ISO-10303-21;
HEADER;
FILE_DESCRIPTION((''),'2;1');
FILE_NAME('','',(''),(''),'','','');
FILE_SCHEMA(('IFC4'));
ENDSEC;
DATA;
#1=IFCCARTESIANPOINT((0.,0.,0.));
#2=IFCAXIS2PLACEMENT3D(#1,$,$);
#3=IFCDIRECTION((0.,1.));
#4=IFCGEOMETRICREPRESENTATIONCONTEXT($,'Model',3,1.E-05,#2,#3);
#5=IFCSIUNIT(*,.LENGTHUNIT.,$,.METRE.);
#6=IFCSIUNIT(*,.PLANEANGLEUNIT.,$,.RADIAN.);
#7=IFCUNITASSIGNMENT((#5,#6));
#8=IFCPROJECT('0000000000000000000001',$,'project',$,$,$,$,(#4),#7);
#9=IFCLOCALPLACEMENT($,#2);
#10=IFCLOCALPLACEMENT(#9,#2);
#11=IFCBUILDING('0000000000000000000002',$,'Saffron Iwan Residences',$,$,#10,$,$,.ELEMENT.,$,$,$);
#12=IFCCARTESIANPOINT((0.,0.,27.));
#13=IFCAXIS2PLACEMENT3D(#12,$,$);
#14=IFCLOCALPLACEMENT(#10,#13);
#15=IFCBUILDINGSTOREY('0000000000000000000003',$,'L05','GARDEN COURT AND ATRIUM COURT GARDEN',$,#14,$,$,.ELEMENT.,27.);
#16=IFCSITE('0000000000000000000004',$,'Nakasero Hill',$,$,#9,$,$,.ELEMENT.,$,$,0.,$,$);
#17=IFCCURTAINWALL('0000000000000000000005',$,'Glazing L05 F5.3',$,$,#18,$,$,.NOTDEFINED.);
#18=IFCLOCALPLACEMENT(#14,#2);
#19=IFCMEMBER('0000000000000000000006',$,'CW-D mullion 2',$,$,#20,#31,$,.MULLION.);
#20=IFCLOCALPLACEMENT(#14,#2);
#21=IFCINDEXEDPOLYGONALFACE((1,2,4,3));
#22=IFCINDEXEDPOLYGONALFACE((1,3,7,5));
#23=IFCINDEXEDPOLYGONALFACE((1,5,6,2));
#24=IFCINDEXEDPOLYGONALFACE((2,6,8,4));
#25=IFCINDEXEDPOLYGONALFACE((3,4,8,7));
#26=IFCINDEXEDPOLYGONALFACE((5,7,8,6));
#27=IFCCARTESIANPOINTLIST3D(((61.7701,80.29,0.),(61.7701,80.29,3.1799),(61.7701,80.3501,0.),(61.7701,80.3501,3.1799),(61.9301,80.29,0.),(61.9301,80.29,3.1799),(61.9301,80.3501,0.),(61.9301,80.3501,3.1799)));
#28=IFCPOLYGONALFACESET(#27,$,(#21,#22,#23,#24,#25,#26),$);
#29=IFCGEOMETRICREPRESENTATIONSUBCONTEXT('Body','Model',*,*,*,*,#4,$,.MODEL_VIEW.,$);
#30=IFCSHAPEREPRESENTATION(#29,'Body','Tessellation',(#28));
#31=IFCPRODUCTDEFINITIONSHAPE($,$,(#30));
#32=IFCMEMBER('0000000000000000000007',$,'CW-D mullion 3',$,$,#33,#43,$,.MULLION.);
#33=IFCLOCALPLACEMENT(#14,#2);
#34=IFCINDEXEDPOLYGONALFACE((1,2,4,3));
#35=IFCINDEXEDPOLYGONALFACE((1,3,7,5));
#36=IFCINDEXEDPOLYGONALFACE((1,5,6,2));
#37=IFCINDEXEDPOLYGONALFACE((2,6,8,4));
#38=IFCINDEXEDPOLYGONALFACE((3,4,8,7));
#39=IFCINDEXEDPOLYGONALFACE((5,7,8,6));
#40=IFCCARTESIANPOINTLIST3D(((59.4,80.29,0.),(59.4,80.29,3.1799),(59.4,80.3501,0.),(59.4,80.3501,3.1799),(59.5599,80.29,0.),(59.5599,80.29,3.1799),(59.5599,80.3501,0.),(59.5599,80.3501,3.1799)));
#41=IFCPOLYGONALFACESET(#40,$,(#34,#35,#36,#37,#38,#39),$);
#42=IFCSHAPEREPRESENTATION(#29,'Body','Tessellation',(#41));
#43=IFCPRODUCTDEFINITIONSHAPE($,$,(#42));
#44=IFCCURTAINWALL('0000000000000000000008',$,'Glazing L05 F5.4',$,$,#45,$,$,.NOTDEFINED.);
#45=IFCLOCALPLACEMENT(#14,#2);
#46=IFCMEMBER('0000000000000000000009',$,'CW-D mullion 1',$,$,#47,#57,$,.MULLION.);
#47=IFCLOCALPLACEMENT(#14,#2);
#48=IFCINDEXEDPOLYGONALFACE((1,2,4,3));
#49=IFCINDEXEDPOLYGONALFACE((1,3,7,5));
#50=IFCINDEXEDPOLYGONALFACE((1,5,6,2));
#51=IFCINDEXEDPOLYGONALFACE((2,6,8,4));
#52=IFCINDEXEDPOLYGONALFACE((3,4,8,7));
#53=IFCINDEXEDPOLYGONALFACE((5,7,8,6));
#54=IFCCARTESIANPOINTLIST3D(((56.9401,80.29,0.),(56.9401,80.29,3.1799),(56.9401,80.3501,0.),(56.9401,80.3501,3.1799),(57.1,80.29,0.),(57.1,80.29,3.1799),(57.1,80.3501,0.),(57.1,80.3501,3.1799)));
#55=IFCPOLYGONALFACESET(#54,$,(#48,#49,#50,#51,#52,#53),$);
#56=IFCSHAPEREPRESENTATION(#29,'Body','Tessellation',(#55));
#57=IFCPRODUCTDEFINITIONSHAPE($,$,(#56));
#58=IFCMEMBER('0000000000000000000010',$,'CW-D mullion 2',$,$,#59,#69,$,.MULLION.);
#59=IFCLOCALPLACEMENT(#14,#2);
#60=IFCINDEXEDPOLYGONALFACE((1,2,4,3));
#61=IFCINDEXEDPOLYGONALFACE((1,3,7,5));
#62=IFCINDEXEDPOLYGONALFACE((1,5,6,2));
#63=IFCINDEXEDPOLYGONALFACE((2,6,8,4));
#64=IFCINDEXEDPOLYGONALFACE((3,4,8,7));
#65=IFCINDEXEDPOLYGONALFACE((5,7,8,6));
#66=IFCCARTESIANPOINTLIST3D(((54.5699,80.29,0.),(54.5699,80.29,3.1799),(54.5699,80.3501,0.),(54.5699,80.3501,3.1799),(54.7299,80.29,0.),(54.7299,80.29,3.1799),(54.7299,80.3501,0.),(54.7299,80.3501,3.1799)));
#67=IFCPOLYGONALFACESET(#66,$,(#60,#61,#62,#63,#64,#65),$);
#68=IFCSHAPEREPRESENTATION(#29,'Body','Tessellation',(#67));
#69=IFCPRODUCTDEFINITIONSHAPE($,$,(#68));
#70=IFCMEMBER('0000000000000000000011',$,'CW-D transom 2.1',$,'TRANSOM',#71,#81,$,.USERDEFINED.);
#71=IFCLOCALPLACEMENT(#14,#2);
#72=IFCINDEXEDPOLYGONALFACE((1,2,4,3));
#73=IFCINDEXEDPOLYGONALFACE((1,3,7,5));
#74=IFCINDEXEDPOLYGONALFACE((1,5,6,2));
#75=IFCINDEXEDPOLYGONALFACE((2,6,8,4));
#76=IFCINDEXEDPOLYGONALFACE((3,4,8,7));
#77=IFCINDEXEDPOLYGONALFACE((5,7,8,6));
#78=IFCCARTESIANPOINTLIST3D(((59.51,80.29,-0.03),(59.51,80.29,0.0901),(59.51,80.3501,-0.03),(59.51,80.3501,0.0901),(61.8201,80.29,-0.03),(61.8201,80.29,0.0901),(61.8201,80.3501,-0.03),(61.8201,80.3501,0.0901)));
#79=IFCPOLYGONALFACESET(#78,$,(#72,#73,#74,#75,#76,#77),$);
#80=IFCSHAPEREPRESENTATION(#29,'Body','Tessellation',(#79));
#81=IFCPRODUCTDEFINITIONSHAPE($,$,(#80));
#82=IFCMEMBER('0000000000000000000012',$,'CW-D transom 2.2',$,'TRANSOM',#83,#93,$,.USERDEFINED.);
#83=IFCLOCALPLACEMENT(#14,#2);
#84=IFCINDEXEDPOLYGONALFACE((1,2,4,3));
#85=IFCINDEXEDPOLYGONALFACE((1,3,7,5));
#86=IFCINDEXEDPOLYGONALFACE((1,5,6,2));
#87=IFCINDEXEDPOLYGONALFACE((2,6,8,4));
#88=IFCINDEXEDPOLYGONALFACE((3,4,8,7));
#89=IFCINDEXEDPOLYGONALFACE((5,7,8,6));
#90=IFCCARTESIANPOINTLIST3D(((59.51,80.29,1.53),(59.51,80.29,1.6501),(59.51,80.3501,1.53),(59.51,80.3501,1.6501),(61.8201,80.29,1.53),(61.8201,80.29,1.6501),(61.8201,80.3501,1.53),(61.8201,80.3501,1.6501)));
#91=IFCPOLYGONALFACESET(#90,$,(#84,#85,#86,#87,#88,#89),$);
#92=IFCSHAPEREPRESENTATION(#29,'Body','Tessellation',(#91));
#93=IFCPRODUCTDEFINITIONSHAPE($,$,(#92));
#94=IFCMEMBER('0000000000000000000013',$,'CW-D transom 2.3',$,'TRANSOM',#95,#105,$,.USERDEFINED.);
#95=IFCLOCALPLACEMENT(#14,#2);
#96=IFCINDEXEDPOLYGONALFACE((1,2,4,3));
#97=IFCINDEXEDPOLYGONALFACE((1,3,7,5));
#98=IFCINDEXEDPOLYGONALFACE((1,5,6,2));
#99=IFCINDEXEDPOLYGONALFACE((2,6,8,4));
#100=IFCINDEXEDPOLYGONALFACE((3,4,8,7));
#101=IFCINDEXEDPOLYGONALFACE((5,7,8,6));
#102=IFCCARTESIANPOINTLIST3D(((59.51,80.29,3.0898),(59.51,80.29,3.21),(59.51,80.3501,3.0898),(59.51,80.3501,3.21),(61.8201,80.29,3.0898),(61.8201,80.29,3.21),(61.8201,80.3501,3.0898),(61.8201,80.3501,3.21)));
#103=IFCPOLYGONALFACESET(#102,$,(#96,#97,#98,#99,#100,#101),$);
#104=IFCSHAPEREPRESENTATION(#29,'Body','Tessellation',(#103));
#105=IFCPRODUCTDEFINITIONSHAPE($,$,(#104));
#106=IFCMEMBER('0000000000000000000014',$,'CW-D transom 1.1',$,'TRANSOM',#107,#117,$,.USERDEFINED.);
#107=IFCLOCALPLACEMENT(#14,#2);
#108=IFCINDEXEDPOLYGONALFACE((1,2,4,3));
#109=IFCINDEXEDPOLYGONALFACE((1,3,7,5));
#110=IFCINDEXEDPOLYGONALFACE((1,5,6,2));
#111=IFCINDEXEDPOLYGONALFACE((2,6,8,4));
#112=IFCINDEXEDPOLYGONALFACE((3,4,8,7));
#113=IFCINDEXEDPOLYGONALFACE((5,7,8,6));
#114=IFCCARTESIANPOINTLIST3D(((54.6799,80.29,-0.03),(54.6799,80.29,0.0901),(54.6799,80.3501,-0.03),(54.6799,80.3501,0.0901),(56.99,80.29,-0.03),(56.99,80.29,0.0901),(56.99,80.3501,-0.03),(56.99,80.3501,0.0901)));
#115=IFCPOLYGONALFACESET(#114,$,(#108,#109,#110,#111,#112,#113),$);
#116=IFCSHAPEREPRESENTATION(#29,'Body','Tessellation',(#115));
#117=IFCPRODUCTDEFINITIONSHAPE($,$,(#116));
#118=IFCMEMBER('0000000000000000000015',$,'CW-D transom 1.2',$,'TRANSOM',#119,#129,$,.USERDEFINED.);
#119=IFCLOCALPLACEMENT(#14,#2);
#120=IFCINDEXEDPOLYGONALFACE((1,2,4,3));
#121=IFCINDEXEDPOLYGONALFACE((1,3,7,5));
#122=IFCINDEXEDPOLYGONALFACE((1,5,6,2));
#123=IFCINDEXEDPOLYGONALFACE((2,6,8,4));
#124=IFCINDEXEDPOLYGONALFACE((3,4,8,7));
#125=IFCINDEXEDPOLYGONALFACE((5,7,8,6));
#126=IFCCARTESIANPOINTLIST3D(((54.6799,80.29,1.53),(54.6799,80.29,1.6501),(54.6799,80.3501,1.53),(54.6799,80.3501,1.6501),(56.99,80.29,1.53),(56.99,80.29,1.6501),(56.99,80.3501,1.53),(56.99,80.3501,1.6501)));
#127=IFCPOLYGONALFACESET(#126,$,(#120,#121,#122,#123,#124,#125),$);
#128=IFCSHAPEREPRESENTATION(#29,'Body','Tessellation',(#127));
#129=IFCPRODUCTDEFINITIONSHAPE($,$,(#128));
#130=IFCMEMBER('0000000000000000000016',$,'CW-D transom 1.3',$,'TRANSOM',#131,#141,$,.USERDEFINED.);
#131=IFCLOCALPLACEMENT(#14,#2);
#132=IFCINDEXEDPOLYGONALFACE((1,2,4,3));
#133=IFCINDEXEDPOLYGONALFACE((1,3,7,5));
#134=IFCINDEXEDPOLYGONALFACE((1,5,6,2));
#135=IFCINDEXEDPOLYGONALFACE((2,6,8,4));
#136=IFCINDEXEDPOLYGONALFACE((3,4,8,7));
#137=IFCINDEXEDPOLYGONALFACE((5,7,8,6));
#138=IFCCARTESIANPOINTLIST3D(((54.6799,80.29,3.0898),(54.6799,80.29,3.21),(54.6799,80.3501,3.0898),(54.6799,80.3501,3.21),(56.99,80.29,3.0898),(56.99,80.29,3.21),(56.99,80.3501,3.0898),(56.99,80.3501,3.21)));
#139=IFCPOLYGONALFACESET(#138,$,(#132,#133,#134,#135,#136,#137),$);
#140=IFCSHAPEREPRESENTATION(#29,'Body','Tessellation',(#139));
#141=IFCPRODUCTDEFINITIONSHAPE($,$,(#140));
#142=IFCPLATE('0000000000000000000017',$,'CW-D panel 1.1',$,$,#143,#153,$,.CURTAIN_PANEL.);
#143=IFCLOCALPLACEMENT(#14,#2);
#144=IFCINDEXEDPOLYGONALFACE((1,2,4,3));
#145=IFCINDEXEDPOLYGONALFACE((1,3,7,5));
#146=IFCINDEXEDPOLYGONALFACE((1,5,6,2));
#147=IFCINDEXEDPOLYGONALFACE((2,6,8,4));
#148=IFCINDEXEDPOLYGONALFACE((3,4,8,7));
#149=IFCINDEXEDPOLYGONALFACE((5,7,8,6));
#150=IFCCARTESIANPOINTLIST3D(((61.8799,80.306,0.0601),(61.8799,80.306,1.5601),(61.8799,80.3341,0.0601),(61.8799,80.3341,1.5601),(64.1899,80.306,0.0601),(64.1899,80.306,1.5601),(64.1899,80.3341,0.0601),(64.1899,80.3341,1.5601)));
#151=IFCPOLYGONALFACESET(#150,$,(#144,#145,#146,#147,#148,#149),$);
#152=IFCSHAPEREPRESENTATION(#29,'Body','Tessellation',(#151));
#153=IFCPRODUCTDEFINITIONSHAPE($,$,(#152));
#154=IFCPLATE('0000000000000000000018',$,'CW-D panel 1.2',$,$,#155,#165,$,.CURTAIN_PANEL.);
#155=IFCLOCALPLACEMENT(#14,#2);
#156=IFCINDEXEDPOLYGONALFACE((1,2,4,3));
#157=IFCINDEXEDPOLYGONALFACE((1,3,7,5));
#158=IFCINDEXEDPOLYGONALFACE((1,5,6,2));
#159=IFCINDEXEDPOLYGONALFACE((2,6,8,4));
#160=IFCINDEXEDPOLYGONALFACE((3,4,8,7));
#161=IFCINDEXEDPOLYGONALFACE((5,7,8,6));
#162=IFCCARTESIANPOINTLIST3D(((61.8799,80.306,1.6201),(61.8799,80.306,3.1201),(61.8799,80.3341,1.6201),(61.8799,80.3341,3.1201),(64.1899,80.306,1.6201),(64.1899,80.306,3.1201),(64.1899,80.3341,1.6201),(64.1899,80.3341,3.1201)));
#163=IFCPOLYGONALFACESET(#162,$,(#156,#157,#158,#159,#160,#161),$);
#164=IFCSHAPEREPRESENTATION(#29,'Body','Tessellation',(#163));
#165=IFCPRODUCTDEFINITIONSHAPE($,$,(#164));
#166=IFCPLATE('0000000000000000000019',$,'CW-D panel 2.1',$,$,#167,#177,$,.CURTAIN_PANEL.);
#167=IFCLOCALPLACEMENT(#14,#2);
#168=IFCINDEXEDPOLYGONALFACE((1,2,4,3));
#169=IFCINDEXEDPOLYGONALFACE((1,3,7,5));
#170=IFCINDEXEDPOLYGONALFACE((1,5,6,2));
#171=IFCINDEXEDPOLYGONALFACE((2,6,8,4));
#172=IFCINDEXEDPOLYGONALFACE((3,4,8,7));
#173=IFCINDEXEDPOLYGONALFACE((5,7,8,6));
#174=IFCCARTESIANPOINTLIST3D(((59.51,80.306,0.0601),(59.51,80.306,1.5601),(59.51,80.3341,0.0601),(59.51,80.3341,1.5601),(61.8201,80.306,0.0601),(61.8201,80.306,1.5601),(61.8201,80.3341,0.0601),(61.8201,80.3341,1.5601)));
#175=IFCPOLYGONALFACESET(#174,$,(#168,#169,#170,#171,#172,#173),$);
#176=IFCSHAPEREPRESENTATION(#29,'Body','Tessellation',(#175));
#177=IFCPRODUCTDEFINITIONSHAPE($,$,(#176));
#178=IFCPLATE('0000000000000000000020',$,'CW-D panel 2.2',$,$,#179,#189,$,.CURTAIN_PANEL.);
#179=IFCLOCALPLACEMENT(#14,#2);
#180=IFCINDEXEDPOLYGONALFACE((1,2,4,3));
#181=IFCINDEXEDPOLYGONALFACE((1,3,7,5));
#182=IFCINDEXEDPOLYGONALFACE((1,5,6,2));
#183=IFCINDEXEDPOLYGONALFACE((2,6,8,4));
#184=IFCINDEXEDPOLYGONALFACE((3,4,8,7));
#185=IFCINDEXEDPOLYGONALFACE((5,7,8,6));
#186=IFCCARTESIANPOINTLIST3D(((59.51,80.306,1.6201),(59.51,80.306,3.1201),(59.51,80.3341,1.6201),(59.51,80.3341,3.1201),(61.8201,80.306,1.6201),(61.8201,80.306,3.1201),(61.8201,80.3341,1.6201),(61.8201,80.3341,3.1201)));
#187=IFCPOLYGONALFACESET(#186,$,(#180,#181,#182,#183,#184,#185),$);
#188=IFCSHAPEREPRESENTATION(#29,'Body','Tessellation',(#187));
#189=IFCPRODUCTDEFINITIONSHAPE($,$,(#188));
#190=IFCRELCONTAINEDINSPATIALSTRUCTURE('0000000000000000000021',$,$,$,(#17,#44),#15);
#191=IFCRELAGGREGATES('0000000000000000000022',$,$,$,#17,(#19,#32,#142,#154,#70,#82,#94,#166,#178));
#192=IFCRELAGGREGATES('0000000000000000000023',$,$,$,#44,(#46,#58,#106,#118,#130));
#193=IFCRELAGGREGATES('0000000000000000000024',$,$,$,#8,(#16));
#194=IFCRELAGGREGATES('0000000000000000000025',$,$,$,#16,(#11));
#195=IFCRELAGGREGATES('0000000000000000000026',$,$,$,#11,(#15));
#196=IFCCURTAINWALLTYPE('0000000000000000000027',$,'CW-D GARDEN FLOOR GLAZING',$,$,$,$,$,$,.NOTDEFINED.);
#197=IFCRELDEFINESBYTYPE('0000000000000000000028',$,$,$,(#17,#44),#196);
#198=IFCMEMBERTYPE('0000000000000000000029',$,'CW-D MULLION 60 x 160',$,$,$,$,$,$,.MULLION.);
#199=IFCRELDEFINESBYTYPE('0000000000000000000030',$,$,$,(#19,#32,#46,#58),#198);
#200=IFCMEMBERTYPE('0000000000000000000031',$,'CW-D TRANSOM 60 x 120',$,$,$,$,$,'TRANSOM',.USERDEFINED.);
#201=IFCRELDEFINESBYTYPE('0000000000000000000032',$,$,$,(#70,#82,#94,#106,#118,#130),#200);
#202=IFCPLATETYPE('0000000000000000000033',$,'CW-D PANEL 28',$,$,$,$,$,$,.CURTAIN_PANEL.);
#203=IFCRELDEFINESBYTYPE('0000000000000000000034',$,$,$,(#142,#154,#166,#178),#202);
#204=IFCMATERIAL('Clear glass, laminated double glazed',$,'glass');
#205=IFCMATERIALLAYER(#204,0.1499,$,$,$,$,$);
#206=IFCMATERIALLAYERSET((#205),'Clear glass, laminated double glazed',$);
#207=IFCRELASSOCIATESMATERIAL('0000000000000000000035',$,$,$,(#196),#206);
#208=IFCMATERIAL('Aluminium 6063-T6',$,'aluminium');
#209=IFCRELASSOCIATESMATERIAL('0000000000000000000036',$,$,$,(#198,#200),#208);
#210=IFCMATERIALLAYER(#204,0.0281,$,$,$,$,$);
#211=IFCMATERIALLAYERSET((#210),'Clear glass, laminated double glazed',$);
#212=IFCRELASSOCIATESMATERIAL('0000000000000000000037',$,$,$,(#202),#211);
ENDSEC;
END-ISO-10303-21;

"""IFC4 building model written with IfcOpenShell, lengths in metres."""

from ifc_helpers import new_model, si_unit, direction, frame, origin, origin_2d, place, context, subcontext, project, spatial, rectangle, extrude, source, transform, mapped, material, layer, layer_set, material_profile, profile_set, type_object, element, aggregate, save


model = new_model("IFC4")

# Units and contexts
model_context = context("Model", 3, precision=1e-05, world=origin(), true_north=direction((0.0, 1.0)))
body_context = subcontext(model_context, "Body", "Model", "MODEL_VIEW")
ifc_project = project(units=[si_unit("LENGTHUNIT", "METRE"), si_unit("PLANEANGLEUNIT", "RADIAN")], contexts=[model_context])

# Site, building, storey
site_placement = place(None, origin())
site = spatial("IfcSite", under=ifc_project, at=site_placement, Name="Nakasero Hill", CompositionType="ELEMENT", RefElevation=0.0)
building_placement = place(site_placement, origin())
building = spatial("IfcBuilding", under=site, at=building_placement, Name="Saffron Iwan Residences", CompositionType="ELEMENT")
storey_placement = place(building_placement, frame((0.0, 0.0, 27.0)))
storey = spatial("IfcBuildingStorey", under=building, at=storey_placement, Name="L05", Description="GARDEN COURT AND ATRIUM COURT GARDEN", CompositionType="ELEMENT", Elevation=27.0)

# Curtain walls, members
ifc_material_1 = material(Name="Clear glass, laminated double glazed", Category="glass")
ifc_layer_1 = layer(ifc_material_1, 0.1499)
ifc_layer_set_1 = layer_set([ifc_layer_1], Name="Clear glass, laminated double glazed")
curtain_wall_type = type_object("IfcCurtainWallType", Name="CW-D GARDEN FLOOR GLAZING", PredefinedType="NOTDEFINED", material=ifc_layer_set_1)
curtain_wall_1_placement = place(storey_placement, origin())
curtain_wall_1 = element("IfcCurtainWall", 1, at=curtain_wall_1_placement, inside=storey, type_object=curtain_wall_type, Name="Glazing L05 F5.3", PredefinedType="NOTDEFINED")
ifc_material_2 = material(Name="Aluminium 6063-T6", Category="aluminium")
ifc_material_profile_1 = material_profile(ifc_material_2, rectangle(XDim=0.0601, YDim=0.1599, at=origin_2d()), Name="CW-D MULLION 60 x 160")
ifc_profile_set_1 = profile_set([ifc_material_profile_1], Name="Aluminium 6063-T6")
member_type_1 = type_object("IfcMemberType", Name="CW-D MULLION 60 x 160", PredefinedType="MULLION", material=ifc_profile_set_1)
shared_shape_1 = source(origin(), body_context, "Body", "SweptSolid", [
    extrude(rectangle(XDim=0.0601, YDim=0.1599, at=origin_2d()), origin(), (0.0, 0.0, 1.0), 3.1799),
])
member_1_placement = place(storey_placement, frame((61.8501, 80.3201, 0.0), z_axis=(0.0, 0.0, 1.0), x_axis=(0.0, -1.0, 0.0)))
member_1 = element("IfcMember", 2, at=member_1_placement, type_object=member_type_1, Name="CW-D mullion 2", PredefinedType="MULLION", context=body_context, shape_type="MappedRepresentation", body=[
    mapped(shared_shape_1, transform((0.0, 0.0, 0.0))),
])
member_2_placement = place(storey_placement, frame((59.48, 80.3201, 0.0), z_axis=(0.0, 0.0, 1.0), x_axis=(0.0, -1.0, 0.0)))
member_2 = element("IfcMember", 3, at=member_2_placement, type_object=member_type_1, Name="CW-D mullion 3", PredefinedType="MULLION", context=body_context, shape_type="MappedRepresentation", body=[
    mapped(shared_shape_1, transform((0.0, 0.0, 0.0))),
])
curtain_wall_2_placement = place(storey_placement, origin())
curtain_wall_2 = element("IfcCurtainWall", 4, at=curtain_wall_2_placement, inside=storey, type_object=curtain_wall_type, Name="Glazing L05 F5.4", PredefinedType="NOTDEFINED")
member_3_placement = place(storey_placement, frame((57.02, 80.3201, 0.0), z_axis=(0.0, 0.0, 1.0), x_axis=(0.0, -1.0, 0.0)))
member_3 = element("IfcMember", 5, at=member_3_placement, type_object=member_type_1, Name="CW-D mullion 1", PredefinedType="MULLION", context=body_context, shape_type="MappedRepresentation", body=[
    mapped(shared_shape_1, transform((0.0, 0.0, 0.0))),
])
member_4_placement = place(storey_placement, frame((54.6499, 80.3201, 0.0), z_axis=(0.0, 0.0, 1.0), x_axis=(0.0, -1.0, 0.0)))
member_4 = element("IfcMember", 6, at=member_4_placement, type_object=member_type_1, Name="CW-D mullion 2", PredefinedType="MULLION", context=body_context, shape_type="MappedRepresentation", body=[
    mapped(shared_shape_1, transform((0.0, 0.0, 0.0))),
])

# Members
ifc_material_profile_2 = material_profile(ifc_material_2, rectangle(XDim=0.0601, YDim=0.1201, at=origin_2d()), Name="CW-D TRANSOM 60 x 120")
ifc_profile_set_2 = profile_set([ifc_material_profile_2], Name="Aluminium 6063-T6")
member_type_2 = type_object("IfcMemberType", Name="CW-D TRANSOM 60 x 120", ElementType="TRANSOM", PredefinedType="USERDEFINED", material=ifc_profile_set_2)
shared_shape_2 = source(origin(), body_context, "Body", "SweptSolid", [
    extrude(rectangle(XDim=0.0601, YDim=0.1201, at=origin_2d()), origin(), (0.0, 0.0, 1.0), 2.3101),
])
member_5_placement = place(storey_placement, frame((61.8201, 80.3201, 0.03), z_axis=(-1.0, 0.0, 0.0), x_axis=(0.0, -1.0, 0.0)))
member_5 = element("IfcMember", 7, at=member_5_placement, type_object=member_type_2, Name="CW-D transom 2.1", ObjectType="TRANSOM", PredefinedType="USERDEFINED", context=body_context, shape_type="MappedRepresentation", body=[
    mapped(shared_shape_2, transform((0.0, 0.0, 0.0))),
])
member_6_placement = place(storey_placement, frame((61.8201, 80.3201, 1.5901), z_axis=(-1.0, 0.0, 0.0), x_axis=(0.0, -1.0, 0.0)))
member_6 = element("IfcMember", 8, at=member_6_placement, type_object=member_type_2, Name="CW-D transom 2.2", ObjectType="TRANSOM", PredefinedType="USERDEFINED", context=body_context, shape_type="MappedRepresentation", body=[
    mapped(shared_shape_2, transform((0.0, 0.0, 0.0))),
])
member_7_placement = place(storey_placement, frame((61.8201, 80.3201, 3.1499), z_axis=(-1.0, 0.0, 0.0), x_axis=(0.0, -1.0, 0.0)))
member_7 = element("IfcMember", 9, at=member_7_placement, type_object=member_type_2, Name="CW-D transom 2.3", ObjectType="TRANSOM", PredefinedType="USERDEFINED", context=body_context, shape_type="MappedRepresentation", body=[
    mapped(shared_shape_2, transform((0.0, 0.0, 0.0))),
])
member_8_placement = place(storey_placement, frame((56.99, 80.3201, 0.03), z_axis=(-1.0, 0.0, 0.0), x_axis=(0.0, -1.0, 0.0)))
member_8 = element("IfcMember", 10, at=member_8_placement, type_object=member_type_2, Name="CW-D transom 1.1", ObjectType="TRANSOM", PredefinedType="USERDEFINED", context=body_context, shape_type="MappedRepresentation", body=[
    mapped(shared_shape_2, transform((0.0, 0.0, 0.0))),
])
member_9_placement = place(storey_placement, frame((56.99, 80.3201, 1.5901), z_axis=(-1.0, 0.0, 0.0), x_axis=(0.0, -1.0, 0.0)))
member_9 = element("IfcMember", 11, at=member_9_placement, type_object=member_type_2, Name="CW-D transom 1.2", ObjectType="TRANSOM", PredefinedType="USERDEFINED", context=body_context, shape_type="MappedRepresentation", body=[
    mapped(shared_shape_2, transform((0.0, 0.0, 0.0))),
])
member_10_placement = place(storey_placement, frame((56.99, 80.3201, 3.1499), z_axis=(-1.0, 0.0, 0.0), x_axis=(0.0, -1.0, 0.0)))
member_10 = element("IfcMember", 12, at=member_10_placement, type_object=member_type_2, Name="CW-D transom 1.3", ObjectType="TRANSOM", PredefinedType="USERDEFINED", context=body_context, shape_type="MappedRepresentation", body=[
    mapped(shared_shape_2, transform((0.0, 0.0, 0.0))),
])

# Plates
ifc_layer_2 = layer(ifc_material_1, 0.0281)
ifc_layer_set_2 = layer_set([ifc_layer_2], Name="Clear glass, laminated double glazed")
plate_type = type_object("IfcPlateType", Name="CW-D PANEL 28", PredefinedType="CURTAIN_PANEL", material=ifc_layer_set_2)
shared_shape_3 = source(origin(), body_context, "Body", "SweptSolid", [
    extrude(rectangle(XDim=2.3101, YDim=0.0281, at=origin_2d()), origin(), (0.0, 0.0, 1.0), 1.5),
])
plate_1_placement = place(storey_placement, frame((63.0349, 80.3201, 0.0601), z_axis=(0.0, 0.0, 1.0), x_axis=(-1.0, 0.0, 0.0)))
plate_1 = element("IfcPlate", 13, at=plate_1_placement, type_object=plate_type, Name="CW-D panel 1.1", PredefinedType="CURTAIN_PANEL", context=body_context, shape_type="MappedRepresentation", body=[
    mapped(shared_shape_3, transform((0.0, 0.0, 0.0))),
])
plate_2_placement = place(storey_placement, frame((63.0349, 80.3201, 1.6201), z_axis=(0.0, 0.0, 1.0), x_axis=(-1.0, 0.0, 0.0)))
plate_2 = element("IfcPlate", 14, at=plate_2_placement, type_object=plate_type, Name="CW-D panel 1.2", PredefinedType="CURTAIN_PANEL", context=body_context, shape_type="MappedRepresentation", body=[
    mapped(shared_shape_3, transform((0.0, 0.0, 0.0))),
])
plate_3_placement = place(storey_placement, frame((60.665, 80.3201, 0.0601), z_axis=(0.0, 0.0, 1.0), x_axis=(-1.0, 0.0, 0.0)))
plate_3 = element("IfcPlate", 15, at=plate_3_placement, type_object=plate_type, Name="CW-D panel 2.1", PredefinedType="CURTAIN_PANEL", context=body_context, shape_type="MappedRepresentation", body=[
    mapped(shared_shape_3, transform((0.0, 0.0, 0.0))),
])
plate_4_placement = place(storey_placement, frame((60.665, 80.3201, 1.6201), z_axis=(0.0, 0.0, 1.0), x_axis=(-1.0, 0.0, 0.0)))
plate_4 = element("IfcPlate", 16, at=plate_4_placement, type_object=plate_type, Name="CW-D panel 2.2", PredefinedType="CURTAIN_PANEL", context=body_context, shape_type="MappedRepresentation", body=[
    mapped(shared_shape_3, transform((0.0, 0.0, 0.0))),
])
aggregate(curtain_wall_1, [member_1, member_2, plate_1, plate_2, member_5, member_6, member_7, plate_3, plate_4])
aggregate(curtain_wall_2, [member_3, member_4, member_8, member_9, member_10])

save(model, "model.ifc")
